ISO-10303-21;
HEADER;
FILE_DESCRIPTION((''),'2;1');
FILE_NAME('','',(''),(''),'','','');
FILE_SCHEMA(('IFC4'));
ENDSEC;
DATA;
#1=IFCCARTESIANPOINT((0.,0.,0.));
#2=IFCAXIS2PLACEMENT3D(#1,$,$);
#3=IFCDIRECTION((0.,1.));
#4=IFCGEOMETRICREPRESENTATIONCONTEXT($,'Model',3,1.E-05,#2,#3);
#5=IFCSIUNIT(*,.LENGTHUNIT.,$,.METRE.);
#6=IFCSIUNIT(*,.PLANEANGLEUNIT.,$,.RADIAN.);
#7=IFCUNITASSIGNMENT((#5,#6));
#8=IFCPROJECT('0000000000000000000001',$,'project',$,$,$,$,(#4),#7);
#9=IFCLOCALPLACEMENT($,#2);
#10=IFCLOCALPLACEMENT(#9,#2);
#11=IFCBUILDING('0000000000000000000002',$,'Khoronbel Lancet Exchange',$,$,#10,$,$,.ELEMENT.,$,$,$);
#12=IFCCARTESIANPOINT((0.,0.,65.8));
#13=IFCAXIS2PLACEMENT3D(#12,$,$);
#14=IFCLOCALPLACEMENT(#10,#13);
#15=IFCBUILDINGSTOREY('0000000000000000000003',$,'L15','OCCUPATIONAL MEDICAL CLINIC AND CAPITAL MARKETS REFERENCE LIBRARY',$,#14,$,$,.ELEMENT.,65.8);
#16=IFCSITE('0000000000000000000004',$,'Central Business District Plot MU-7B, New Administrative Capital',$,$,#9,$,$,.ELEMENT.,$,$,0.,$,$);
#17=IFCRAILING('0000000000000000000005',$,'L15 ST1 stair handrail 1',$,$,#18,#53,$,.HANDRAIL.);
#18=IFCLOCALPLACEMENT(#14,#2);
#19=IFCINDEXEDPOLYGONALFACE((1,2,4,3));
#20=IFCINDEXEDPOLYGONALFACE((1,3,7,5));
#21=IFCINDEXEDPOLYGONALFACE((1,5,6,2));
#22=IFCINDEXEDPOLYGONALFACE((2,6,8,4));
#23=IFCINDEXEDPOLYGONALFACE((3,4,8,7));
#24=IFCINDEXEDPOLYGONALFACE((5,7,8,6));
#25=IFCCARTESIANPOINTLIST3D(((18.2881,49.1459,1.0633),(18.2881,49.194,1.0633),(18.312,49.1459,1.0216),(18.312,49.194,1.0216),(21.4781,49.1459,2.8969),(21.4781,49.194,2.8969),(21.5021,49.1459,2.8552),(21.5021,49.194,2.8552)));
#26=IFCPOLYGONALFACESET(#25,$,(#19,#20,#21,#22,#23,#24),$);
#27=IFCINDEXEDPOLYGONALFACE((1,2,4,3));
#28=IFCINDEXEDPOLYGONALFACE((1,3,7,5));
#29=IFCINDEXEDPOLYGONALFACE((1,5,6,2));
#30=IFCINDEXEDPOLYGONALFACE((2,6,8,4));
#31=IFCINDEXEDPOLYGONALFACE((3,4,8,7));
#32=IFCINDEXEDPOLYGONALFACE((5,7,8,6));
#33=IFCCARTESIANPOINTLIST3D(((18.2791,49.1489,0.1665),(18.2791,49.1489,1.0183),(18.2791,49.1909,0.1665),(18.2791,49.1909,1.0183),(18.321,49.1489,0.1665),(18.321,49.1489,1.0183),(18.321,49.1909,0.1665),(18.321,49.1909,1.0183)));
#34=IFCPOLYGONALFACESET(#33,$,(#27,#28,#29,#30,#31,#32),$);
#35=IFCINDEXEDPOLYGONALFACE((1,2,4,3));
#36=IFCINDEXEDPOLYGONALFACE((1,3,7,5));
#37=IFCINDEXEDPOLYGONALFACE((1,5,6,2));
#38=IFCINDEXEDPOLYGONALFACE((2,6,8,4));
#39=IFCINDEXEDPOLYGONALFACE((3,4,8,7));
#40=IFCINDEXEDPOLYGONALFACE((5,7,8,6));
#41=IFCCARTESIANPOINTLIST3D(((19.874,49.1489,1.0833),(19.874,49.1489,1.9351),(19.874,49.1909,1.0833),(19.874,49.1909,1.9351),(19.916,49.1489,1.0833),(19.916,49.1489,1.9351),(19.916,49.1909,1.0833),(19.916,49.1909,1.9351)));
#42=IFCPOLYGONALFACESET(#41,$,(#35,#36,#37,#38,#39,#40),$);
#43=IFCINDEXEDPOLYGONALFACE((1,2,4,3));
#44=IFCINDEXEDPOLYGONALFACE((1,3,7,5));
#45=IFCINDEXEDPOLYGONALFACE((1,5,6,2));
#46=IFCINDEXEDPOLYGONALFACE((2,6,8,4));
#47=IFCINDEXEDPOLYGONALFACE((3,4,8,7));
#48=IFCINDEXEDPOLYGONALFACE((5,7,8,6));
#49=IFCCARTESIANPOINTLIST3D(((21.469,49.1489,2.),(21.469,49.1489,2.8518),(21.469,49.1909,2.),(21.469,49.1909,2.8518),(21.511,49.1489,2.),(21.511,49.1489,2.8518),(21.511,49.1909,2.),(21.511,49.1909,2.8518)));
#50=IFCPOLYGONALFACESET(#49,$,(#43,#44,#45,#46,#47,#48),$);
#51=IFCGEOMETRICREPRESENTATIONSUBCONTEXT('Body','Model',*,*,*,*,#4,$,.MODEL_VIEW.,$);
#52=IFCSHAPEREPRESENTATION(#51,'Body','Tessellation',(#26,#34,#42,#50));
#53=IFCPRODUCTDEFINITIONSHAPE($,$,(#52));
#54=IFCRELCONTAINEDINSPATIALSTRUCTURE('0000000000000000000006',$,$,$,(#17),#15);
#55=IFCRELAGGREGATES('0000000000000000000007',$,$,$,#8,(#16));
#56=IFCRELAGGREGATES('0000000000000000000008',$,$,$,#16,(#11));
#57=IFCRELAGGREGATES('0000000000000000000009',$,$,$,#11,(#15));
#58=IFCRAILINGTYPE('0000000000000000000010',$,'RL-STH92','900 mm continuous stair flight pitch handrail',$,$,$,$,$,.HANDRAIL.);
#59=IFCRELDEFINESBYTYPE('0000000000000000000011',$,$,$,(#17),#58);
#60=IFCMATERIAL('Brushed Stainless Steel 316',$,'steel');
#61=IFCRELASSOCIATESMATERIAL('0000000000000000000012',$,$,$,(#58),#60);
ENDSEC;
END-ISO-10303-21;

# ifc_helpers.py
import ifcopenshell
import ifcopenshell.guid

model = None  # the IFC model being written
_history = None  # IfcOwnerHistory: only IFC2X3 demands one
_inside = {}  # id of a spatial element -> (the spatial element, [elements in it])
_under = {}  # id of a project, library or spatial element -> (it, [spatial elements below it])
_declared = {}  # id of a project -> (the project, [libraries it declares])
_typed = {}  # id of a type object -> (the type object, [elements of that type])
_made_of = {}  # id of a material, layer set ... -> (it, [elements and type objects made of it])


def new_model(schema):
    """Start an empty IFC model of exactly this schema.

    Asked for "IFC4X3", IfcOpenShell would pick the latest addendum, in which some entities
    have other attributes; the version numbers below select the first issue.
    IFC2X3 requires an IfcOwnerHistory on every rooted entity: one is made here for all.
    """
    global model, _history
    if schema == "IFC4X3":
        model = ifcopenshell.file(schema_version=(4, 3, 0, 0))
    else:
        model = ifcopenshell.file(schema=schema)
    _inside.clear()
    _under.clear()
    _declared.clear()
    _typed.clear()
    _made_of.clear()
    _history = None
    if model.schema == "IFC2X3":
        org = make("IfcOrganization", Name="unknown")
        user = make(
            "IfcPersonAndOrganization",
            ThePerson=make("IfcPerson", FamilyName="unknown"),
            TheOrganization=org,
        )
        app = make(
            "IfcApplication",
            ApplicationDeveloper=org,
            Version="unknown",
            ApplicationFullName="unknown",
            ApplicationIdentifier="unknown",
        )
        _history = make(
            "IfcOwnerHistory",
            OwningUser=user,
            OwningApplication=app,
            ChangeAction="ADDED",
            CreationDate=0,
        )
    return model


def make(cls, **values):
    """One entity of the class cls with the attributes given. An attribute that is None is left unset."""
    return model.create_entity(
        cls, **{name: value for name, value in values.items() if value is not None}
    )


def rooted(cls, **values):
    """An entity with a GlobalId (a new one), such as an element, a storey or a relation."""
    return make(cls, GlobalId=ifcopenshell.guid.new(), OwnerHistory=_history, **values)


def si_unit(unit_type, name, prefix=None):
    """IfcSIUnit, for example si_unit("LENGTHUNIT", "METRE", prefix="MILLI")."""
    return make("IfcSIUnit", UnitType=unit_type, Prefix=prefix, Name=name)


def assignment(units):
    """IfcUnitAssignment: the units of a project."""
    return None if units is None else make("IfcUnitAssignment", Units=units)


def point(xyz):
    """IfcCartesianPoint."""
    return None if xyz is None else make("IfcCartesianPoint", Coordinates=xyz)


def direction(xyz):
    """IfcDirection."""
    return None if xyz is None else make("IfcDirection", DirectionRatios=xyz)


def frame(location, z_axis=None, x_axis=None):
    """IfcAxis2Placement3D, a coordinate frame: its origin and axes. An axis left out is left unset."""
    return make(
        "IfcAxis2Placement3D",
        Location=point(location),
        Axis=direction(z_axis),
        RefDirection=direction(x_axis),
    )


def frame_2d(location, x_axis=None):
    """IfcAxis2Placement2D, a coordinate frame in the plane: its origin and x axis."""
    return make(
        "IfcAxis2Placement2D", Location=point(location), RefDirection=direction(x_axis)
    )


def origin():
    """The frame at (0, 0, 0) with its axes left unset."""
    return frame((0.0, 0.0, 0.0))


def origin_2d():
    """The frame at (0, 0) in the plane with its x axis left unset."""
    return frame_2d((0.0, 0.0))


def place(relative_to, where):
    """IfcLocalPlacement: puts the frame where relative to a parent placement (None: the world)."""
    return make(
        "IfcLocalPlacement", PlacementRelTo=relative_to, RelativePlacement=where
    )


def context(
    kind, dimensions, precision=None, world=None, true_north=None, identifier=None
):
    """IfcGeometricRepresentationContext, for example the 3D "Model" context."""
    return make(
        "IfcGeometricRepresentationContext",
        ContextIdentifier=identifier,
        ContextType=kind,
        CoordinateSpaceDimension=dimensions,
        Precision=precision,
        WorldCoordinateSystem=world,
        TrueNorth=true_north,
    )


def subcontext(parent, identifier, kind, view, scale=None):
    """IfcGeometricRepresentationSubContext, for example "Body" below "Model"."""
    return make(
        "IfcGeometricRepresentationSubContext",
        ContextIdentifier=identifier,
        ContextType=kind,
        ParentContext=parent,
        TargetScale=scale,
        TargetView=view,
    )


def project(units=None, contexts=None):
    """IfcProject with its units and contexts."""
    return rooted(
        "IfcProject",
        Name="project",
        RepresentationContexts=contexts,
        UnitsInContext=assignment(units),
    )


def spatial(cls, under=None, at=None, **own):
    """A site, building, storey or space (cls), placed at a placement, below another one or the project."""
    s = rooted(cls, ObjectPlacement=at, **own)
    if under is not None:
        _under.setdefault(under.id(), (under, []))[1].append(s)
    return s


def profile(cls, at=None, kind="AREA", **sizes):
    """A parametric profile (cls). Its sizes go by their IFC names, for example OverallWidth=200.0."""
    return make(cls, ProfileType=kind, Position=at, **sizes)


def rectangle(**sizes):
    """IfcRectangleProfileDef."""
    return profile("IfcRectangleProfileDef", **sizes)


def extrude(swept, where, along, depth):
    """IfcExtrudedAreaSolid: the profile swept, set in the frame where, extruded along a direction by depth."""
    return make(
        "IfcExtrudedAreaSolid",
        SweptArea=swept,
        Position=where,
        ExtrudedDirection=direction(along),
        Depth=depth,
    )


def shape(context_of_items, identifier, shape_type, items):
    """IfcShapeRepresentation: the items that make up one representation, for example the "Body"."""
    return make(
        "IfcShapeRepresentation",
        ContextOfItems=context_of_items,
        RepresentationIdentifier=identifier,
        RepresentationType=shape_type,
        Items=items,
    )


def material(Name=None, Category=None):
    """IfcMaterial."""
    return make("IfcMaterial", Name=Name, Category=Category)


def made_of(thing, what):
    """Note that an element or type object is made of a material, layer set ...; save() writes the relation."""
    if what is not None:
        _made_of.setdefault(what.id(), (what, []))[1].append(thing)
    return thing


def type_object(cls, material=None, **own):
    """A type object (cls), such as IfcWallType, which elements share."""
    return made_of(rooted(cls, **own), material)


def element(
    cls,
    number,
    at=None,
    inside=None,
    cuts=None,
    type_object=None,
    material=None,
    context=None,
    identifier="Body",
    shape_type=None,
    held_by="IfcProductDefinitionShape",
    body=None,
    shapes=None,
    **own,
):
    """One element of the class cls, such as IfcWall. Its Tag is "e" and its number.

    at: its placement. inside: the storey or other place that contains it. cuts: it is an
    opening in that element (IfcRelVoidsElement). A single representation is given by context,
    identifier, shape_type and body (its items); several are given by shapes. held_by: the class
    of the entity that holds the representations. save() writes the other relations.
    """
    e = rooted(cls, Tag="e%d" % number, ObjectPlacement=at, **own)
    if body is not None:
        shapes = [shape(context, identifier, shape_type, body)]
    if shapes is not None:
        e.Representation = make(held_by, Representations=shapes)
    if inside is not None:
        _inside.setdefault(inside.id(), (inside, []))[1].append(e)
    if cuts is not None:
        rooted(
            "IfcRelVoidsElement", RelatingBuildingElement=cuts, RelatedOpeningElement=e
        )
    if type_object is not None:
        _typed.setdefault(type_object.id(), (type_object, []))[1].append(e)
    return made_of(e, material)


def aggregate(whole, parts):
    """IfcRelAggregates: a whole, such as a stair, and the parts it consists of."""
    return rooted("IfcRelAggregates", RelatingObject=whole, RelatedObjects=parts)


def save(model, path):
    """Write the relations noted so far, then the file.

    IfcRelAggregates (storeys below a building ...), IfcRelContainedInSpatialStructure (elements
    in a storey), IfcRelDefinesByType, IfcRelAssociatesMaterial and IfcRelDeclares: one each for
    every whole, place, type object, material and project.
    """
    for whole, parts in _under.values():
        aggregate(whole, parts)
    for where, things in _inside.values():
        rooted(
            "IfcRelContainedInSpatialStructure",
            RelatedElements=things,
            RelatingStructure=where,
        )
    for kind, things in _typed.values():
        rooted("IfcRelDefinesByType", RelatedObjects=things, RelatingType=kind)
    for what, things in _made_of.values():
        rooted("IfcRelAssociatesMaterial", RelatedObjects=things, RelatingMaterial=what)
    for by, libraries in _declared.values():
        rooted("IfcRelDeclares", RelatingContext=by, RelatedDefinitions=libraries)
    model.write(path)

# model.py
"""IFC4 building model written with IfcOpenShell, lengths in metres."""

from ifc_helpers import new_model, si_unit, direction, frame, origin, origin_2d, place, context, subcontext, project, spatial, rectangle, extrude, material, type_object, element, save


model = new_model("IFC4")

# Units and contexts
model_context = context("Model", 3, precision=1e-05, world=origin(), true_north=direction((0.0, 1.0)))
body_context = subcontext(model_context, "Body", "Model", "MODEL_VIEW")
ifc_project = project(units=[si_unit("LENGTHUNIT", "METRE"), si_unit("PLANEANGLEUNIT", "RADIAN")], contexts=[model_context])

# Site, building, storey
site_placement = place(None, origin())
site = spatial("IfcSite", under=ifc_project, at=site_placement, Name="Central Business District Plot MU-7B, New Administrative Capital", CompositionType="ELEMENT", RefElevation=0.0)
building_placement = place(site_placement, origin())
building = spatial("IfcBuilding", under=site, at=building_placement, Name="Khoronbel Lancet Exchange", CompositionType="ELEMENT")
storey_placement = place(building_placement, frame((0.0, 0.0, 65.8)))
storey = spatial("IfcBuildingStorey", under=building, at=storey_placement, Name="L15", Description="OCCUPATIONAL MEDICAL CLINIC AND CAPITAL MARKETS REFERENCE LIBRARY", CompositionType="ELEMENT", Elevation=65.8)

# Railing
ifc_material_1 = material(Name="Brushed Stainless Steel 316", Category="steel")
railing_type_1 = type_object("IfcRailingType", Name="RL-STH92", Description="900 mm continuous stair flight pitch handrail", PredefinedType="HANDRAIL", material=ifc_material_1)
railing_1_placement = place(storey_placement, frame((18.3, 49.1699, 0.1665)))
element("IfcRailing", 1, at=railing_1_placement, inside=storey, type_object=railing_type_1, Name="L15 ST1 stair handrail 1", PredefinedType="HANDRAIL", context=body_context, shape_type="SweptSolid", body=[
    extrude(rectangle(XDim=0.0481, YDim=0.0481, at=origin_2d()), frame((0.0, 0.0, 0.876), z_axis=(0.866991, 0.0, 0.498324), x_axis=(0.0, 1.0, 0.0)), (0.0, 0.0, 1.0), 3.6794),
    extrude(rectangle(XDim=0.042, YDim=0.042, at=origin_2d()), origin(), (0.0, 0.0, 1.0), 0.8518),
    extrude(rectangle(XDim=0.042, YDim=0.042, at=origin_2d()), frame((1.595, 0.0, 0.9167)), (0.0, 0.0, 1.0), 0.8518),
    extrude(rectangle(XDim=0.042, YDim=0.042, at=origin_2d()), frame((3.1899, 0.0, 1.8335)), (0.0, 0.0, 1.0), 0.8518),
])

save(model, "model.ifc")
